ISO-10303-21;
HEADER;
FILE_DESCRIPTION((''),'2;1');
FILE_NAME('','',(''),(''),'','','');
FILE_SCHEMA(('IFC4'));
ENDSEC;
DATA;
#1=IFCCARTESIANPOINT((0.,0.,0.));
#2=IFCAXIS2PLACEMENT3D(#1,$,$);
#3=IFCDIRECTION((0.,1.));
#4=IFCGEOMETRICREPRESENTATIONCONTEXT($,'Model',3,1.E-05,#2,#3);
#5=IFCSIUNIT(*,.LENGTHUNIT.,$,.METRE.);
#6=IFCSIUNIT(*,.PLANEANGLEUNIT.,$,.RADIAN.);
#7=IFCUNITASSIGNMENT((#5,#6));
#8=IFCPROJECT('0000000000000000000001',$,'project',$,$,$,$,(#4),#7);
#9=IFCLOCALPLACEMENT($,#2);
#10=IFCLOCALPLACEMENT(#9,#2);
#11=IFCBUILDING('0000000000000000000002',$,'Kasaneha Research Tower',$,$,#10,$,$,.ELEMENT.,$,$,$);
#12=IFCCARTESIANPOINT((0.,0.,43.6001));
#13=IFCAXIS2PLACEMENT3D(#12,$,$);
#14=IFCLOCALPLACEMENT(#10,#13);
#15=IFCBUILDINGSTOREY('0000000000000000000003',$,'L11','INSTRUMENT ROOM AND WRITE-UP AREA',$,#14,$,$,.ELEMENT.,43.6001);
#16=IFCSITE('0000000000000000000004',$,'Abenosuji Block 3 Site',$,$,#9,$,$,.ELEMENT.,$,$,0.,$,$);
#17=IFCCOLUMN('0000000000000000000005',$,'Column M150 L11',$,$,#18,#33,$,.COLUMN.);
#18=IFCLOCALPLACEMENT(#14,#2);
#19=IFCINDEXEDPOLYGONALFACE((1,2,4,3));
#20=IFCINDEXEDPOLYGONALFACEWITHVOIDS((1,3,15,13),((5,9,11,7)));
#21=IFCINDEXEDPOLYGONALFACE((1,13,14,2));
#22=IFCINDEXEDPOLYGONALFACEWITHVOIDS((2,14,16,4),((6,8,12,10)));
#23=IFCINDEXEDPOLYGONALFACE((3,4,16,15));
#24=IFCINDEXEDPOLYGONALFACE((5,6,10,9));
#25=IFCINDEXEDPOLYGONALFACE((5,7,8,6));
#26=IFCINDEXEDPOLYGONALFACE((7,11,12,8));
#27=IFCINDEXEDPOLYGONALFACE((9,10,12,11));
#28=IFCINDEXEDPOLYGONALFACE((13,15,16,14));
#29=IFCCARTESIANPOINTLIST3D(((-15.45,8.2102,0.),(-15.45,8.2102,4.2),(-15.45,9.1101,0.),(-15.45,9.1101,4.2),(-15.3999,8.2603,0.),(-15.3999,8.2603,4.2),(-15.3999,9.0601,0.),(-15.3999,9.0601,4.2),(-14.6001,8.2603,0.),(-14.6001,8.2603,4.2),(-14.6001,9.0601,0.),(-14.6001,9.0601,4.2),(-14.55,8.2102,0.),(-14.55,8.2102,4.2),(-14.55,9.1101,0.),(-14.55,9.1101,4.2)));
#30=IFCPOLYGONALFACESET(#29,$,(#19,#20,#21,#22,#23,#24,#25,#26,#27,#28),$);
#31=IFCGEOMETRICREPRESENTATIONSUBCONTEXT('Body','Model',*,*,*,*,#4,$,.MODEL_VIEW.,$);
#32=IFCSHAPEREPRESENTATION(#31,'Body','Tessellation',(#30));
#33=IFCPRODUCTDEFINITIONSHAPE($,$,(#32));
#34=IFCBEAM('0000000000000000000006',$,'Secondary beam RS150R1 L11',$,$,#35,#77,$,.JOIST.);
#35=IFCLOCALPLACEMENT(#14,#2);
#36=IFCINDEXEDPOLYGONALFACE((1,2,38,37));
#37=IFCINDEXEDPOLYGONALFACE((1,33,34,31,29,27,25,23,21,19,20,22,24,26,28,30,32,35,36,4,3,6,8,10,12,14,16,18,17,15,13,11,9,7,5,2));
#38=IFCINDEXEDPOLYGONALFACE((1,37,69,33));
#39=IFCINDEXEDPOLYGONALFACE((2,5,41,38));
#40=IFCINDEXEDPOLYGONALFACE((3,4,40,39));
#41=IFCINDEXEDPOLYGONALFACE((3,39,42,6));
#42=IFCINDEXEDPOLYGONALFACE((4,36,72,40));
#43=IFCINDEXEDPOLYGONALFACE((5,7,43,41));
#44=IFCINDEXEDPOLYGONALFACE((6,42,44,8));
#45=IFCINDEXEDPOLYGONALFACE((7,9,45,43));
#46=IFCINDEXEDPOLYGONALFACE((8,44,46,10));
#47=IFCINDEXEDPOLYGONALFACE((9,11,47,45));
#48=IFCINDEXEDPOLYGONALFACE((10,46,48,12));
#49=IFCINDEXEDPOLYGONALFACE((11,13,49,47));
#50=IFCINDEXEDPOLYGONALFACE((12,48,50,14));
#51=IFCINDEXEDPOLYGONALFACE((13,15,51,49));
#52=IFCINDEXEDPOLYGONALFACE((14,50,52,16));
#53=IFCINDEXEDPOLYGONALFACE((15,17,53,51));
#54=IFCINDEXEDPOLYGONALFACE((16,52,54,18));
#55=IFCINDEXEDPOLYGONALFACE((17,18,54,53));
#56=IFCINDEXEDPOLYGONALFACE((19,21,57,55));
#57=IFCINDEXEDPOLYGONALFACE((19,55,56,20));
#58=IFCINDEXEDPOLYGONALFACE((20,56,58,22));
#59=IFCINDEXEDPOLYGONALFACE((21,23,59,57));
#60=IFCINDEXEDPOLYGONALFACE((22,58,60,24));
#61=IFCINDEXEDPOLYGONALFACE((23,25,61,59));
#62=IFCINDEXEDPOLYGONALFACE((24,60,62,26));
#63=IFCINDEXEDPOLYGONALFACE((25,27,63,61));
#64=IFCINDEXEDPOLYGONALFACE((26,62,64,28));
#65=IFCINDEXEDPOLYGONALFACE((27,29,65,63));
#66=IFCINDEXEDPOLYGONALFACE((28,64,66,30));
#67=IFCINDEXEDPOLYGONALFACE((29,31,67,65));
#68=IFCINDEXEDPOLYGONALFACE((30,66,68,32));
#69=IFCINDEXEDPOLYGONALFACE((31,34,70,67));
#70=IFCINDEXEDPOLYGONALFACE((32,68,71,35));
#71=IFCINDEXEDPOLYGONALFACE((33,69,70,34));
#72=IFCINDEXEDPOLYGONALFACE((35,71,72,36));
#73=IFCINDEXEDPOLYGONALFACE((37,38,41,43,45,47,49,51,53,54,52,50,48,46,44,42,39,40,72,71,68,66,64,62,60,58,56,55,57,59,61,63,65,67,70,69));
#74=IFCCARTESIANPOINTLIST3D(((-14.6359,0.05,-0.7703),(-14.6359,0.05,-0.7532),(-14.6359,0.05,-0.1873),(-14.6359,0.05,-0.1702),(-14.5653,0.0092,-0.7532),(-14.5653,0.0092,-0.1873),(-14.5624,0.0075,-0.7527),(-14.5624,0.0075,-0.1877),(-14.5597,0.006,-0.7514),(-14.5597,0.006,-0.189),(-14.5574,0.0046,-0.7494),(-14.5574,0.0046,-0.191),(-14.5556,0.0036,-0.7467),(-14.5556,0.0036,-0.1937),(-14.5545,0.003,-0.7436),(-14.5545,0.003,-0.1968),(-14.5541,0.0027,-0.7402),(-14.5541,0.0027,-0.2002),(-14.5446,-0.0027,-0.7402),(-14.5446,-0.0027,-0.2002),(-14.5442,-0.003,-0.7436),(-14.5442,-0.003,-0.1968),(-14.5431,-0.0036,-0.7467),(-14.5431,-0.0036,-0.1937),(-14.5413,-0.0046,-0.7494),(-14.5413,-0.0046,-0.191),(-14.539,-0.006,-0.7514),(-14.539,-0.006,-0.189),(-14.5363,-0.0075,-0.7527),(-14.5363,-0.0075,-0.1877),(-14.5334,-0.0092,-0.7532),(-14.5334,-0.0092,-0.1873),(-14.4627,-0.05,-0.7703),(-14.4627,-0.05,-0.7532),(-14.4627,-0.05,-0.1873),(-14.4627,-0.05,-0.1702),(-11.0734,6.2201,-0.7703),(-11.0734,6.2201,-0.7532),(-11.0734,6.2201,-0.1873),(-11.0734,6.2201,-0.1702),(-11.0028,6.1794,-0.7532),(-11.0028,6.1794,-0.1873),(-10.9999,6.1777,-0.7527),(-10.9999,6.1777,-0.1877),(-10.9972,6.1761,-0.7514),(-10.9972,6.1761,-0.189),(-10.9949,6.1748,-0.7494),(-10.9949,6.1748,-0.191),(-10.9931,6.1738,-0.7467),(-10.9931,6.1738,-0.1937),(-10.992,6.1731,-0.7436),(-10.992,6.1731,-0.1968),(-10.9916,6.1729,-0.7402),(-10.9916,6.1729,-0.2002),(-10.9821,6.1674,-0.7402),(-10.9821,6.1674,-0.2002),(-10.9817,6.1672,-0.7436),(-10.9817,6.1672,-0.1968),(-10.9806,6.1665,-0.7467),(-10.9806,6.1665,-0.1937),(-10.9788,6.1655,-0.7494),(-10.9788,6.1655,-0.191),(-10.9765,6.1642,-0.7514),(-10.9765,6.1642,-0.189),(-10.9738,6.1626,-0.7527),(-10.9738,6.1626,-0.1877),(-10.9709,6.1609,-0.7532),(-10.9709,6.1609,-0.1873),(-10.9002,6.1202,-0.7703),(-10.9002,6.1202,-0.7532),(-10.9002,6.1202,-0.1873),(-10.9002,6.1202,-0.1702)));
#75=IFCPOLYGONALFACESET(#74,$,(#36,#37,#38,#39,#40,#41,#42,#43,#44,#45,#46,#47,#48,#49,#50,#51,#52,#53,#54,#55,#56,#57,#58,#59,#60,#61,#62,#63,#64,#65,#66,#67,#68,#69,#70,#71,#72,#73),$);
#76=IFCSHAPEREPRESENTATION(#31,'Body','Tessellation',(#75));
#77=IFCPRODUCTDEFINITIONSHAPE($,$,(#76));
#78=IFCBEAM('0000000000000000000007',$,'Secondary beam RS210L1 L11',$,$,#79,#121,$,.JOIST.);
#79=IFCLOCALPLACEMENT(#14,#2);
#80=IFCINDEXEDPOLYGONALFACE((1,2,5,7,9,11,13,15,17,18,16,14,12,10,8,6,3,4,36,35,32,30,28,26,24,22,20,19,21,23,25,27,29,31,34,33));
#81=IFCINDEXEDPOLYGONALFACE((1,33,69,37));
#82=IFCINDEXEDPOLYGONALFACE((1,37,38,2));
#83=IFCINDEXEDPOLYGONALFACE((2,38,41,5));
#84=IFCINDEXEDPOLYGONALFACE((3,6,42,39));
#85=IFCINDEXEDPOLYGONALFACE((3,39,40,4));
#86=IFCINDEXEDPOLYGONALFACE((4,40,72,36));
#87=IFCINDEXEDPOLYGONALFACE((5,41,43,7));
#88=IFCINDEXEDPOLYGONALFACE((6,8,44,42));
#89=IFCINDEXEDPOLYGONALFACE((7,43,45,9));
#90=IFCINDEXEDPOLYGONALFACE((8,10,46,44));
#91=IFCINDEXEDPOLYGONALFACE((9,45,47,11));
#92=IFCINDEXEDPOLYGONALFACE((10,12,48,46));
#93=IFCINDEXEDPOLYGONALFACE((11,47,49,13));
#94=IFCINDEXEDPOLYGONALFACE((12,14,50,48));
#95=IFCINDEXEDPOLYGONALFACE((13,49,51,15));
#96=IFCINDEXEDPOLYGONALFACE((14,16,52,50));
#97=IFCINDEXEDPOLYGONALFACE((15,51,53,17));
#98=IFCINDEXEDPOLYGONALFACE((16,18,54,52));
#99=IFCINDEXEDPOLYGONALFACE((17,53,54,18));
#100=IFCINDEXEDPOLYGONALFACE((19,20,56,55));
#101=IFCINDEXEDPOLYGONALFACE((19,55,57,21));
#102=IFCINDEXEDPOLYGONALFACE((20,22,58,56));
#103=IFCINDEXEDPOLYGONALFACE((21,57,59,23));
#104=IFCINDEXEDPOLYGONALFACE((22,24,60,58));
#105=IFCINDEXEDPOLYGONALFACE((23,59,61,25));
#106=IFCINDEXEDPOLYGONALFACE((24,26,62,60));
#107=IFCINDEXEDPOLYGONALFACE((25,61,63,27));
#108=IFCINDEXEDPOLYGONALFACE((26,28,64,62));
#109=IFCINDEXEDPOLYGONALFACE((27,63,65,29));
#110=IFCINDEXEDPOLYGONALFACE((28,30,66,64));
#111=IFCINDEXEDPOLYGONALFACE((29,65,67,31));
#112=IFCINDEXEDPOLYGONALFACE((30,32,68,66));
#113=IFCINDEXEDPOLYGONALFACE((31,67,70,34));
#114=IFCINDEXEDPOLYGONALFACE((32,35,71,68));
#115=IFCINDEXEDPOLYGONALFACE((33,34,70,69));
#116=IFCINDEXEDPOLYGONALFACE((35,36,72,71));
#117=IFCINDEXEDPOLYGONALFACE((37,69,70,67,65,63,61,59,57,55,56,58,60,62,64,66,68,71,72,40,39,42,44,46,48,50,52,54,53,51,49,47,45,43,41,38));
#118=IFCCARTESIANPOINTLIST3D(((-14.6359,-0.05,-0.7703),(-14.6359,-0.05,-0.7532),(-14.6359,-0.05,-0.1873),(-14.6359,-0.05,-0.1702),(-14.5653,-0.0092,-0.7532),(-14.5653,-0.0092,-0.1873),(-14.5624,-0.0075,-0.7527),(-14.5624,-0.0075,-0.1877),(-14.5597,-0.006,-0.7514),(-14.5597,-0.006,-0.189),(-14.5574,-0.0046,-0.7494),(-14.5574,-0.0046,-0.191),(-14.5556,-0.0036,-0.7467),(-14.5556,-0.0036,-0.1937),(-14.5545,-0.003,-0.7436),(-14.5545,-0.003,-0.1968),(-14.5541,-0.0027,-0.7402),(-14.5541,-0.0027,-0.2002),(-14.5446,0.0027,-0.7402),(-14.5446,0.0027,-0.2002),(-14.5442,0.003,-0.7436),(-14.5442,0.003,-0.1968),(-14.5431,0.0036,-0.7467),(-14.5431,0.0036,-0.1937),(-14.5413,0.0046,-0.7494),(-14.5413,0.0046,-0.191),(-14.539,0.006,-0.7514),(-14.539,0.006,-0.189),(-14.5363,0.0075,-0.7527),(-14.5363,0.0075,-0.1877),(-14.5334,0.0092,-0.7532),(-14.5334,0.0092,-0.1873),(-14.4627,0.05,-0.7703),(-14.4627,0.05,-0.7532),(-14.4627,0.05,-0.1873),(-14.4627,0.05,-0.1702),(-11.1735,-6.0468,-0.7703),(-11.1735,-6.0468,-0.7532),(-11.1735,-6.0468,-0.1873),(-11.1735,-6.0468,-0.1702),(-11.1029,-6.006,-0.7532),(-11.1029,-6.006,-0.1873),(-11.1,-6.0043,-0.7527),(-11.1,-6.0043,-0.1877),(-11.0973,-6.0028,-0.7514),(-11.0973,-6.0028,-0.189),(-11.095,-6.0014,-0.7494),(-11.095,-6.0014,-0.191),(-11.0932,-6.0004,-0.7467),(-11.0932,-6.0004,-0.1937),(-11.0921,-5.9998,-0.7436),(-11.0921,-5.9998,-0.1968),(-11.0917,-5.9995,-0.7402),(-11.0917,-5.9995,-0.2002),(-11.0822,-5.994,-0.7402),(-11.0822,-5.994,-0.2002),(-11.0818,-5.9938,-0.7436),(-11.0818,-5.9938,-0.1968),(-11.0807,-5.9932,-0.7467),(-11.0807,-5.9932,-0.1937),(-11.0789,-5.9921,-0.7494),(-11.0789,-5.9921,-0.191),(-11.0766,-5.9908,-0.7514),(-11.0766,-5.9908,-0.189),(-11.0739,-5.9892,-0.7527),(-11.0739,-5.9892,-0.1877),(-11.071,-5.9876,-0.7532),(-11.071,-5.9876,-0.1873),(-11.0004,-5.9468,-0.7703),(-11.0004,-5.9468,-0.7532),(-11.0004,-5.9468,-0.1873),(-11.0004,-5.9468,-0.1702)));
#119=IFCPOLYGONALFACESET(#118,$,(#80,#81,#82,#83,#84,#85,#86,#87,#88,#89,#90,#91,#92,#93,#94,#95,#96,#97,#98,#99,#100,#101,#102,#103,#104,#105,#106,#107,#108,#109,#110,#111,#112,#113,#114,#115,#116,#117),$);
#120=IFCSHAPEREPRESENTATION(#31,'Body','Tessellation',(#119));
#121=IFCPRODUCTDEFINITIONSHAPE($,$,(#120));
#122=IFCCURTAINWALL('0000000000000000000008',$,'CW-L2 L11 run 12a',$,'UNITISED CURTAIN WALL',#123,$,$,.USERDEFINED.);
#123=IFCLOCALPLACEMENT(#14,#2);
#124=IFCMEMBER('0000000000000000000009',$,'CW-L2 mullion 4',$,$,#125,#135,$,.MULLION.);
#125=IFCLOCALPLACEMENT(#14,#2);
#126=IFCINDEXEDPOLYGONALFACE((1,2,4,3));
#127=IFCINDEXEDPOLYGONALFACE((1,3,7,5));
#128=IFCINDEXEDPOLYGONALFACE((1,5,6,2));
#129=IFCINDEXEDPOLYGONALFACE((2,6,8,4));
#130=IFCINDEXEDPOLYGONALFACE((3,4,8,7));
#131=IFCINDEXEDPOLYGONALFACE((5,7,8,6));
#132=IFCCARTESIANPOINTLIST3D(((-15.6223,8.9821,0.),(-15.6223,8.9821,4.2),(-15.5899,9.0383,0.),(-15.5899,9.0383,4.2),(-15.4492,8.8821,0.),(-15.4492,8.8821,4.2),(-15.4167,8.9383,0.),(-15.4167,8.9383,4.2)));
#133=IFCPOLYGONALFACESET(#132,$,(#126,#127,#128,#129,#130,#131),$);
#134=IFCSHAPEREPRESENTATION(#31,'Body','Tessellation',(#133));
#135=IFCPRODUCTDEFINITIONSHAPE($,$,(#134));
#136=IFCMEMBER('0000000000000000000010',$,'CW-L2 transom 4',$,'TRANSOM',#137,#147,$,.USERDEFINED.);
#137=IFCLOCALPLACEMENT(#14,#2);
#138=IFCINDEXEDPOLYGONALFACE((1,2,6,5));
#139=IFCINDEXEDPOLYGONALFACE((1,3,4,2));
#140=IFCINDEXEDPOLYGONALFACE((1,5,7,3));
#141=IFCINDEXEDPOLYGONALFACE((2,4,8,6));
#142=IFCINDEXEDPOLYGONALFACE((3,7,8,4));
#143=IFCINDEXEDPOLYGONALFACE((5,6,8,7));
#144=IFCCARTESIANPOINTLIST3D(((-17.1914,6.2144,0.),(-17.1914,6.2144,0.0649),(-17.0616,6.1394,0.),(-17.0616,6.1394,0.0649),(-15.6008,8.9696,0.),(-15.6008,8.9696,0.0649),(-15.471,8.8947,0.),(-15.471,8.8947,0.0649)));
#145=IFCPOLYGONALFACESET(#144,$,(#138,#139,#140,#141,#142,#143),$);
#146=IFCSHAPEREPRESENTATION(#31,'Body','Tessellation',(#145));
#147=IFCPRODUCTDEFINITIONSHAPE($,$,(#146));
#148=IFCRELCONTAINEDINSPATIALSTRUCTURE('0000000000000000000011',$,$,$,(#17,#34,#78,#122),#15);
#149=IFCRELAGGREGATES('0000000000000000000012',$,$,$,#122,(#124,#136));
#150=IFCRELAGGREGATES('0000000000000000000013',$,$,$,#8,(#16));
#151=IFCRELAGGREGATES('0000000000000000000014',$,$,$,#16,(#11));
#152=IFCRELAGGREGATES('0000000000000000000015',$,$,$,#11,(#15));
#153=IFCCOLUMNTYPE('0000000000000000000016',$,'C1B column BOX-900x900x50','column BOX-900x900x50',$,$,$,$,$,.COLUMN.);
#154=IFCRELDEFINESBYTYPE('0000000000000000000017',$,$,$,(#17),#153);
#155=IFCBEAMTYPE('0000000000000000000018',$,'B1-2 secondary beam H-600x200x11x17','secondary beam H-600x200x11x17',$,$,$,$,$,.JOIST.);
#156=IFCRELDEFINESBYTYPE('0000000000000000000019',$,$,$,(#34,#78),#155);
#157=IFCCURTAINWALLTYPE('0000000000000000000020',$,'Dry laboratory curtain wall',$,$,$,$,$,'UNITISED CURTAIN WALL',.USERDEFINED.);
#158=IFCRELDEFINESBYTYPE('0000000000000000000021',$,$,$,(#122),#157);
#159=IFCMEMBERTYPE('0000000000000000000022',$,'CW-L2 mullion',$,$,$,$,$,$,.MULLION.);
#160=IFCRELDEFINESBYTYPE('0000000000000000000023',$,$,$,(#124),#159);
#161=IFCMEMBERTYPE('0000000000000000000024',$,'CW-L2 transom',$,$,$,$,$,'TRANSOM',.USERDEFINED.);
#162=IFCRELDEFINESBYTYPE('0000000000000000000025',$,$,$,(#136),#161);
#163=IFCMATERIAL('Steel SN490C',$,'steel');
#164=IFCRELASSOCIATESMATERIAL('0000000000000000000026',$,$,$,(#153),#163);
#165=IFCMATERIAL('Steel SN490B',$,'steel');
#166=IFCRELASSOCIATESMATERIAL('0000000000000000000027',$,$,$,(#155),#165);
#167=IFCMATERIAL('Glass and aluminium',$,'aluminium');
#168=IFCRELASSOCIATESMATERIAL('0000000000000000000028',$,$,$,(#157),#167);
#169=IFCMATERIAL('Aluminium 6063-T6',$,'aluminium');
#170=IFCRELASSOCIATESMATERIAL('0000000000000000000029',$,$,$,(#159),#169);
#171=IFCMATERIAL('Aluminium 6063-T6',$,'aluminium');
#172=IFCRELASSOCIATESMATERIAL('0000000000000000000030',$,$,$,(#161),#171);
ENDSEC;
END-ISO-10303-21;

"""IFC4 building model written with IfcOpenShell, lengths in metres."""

from ifc_helpers import new_model, si_unit, direction, frame, origin, origin_2d, place, context, subcontext, project, spatial, rectangle, hollow_rectangle, i_section, extrude, material, material_profile, profile_set, type_object, element, aggregate, save


model = new_model("IFC4")

# Units and contexts
model_context = context("Model", 3, precision=1e-05, world=origin(), true_north=direction((0.0, 1.0)))
body_context = subcontext(model_context, "Body", "Model", "MODEL_VIEW")
ifc_project = project(units=[si_unit("LENGTHUNIT", "METRE"), si_unit("PLANEANGLEUNIT", "RADIAN")], contexts=[model_context])

# Site, building, storey
site_placement = place(None, origin())
site = spatial("IfcSite", under=ifc_project, at=site_placement, Name="Abenosuji Block 3 Site", CompositionType="ELEMENT", RefElevation=0.0)
building_placement = place(site_placement, origin())
building = spatial("IfcBuilding", under=site, at=building_placement, Name="Kasaneha Research Tower", CompositionType="ELEMENT")
storey_placement = place(building_placement, frame((0.0, 0.0, 43.6001)))
storey = spatial("IfcBuildingStorey", under=building, at=storey_placement, Name="L11", Description="INSTRUMENT ROOM AND WRITE-UP AREA", CompositionType="ELEMENT", Elevation=43.6001)

# Column
ifc_material_1 = material(Name="Steel SN490C", Category="steel")
ifc_material_profile_1 = material_profile(ifc_material_1, hollow_rectangle(XDim=0.8999, YDim=0.8999, WallThickness=0.05, at=origin_2d()), Name="BOX-900x900x50")
ifc_profile_set_1 = profile_set([ifc_material_profile_1], Name="Steel SN490C")
column_type = type_object("IfcColumnType", Name="C1B column BOX-900x900x50", Description="column BOX-900x900x50", PredefinedType="COLUMN", material=ifc_profile_set_1)
column_placement = place(storey_placement, frame((-15.0, 8.6602, 0.0), z_axis=(0.0, 0.0, 1.0), x_axis=(1.0, 0.0, 0.0)))
element("IfcColumn", 1, at=column_placement, inside=storey, type_object=column_type, Name="Column M150 L11", PredefinedType="COLUMN", context=body_context, shape_type="SweptSolid", body=[
    extrude(hollow_rectangle(XDim=0.8999, YDim=0.8999, WallThickness=0.05, at=origin_2d()), origin(), (0.0, 0.0, 1.0), 4.2),
])

# Beams
ifc_material_2 = material(Name="Steel SN490B", Category="steel")
ifc_material_profile_2 = material_profile(ifc_material_2, i_section(OverallWidth=0.2, OverallDepth=0.6001, WebThickness=0.011, FlangeThickness=0.0171, FilletRadius=0.0129, at=origin_2d()), Name="H-600x200x11x17")
ifc_profile_set_2 = profile_set([ifc_material_profile_2], Name="Steel SN490B")
beam_type_1 = type_object("IfcBeamType", Name="B1-2 secondary beam H-600x200x11x17", Description="secondary beam H-600x200x11x17", PredefinedType="JOIST", material=ifc_profile_set_2)
beam_1_placement = place(storey_placement, frame((-14.5493, 0.0, -0.4702), z_axis=(0.500016, 0.866016, 0.0), x_axis=(-0.866016, 0.500016, 0.0)))
element("IfcBeam", 2, at=beam_1_placement, inside=storey, type_object=beam_type_1, Name="Secondary beam RS150R1 L11", PredefinedType="JOIST", context=body_context, shape_type="SweptSolid", body=[
    extrude(i_section(OverallWidth=0.2, OverallDepth=0.6001, WebThickness=0.011, FlangeThickness=0.0171, FilletRadius=0.0129, at=origin_2d()), origin(), (0.0, 0.0, 1.0), 7.1248),
])
beam_2_placement = place(storey_placement, frame((-14.5493, 0.0, -0.4702), z_axis=(0.500014, -0.866017, 0.0), x_axis=(0.866017, 0.500014, 0.0)))
element("IfcBeam", 3, at=beam_2_placement, inside=storey, type_object=beam_type_1, Name="Secondary beam RS210L1 L11", PredefinedType="JOIST", context=body_context, shape_type="SweptSolid", body=[
    extrude(i_section(OverallWidth=0.2, OverallDepth=0.6001, WebThickness=0.011, FlangeThickness=0.0171, FilletRadius=0.0129, at=origin_2d()), origin(), (0.0, 0.0, 1.0), 6.9246),
])

# Curtain wall, members
ifc_material_3 = material(Name="Glass and aluminium", Category="aluminium")
curtain_wall_type = type_object("IfcCurtainWallType", Name="Dry laboratory curtain wall", ElementType="UNITISED CURTAIN WALL", PredefinedType="USERDEFINED", material=ifc_material_3)
curtain_wall_placement = place(storey_placement, origin())
curtain_wall = element("IfcCurtainWall", 4, at=curtain_wall_placement, inside=storey, type_object=curtain_wall_type, Name="CW-L2 L11 run 12a", ObjectType="UNITISED CURTAIN WALL", PredefinedType="USERDEFINED")
ifc_material_4 = material(Name="Aluminium 6063-T6", Category="aluminium")
ifc_material_profile_3 = material_profile(ifc_material_4, rectangle(XDim=0.0649, YDim=0.2, at=origin_2d()), Name="CW-L2 mullion 65x200")
ifc_profile_set_3 = profile_set([ifc_material_profile_3], Name="Aluminium 6063-T6")
member_type_1 = type_object("IfcMemberType", Name="CW-L2 mullion", PredefinedType="MULLION", material=ifc_profile_set_3)
member_1_placement = place(storey_placement, frame((-15.5195, 8.9602, 0.0), z_axis=(0.0, 0.0, 1.0), x_axis=(-0.5, -0.866025, 0.0)))
member_1 = element("IfcMember", 5, at=member_1_placement, type_object=member_type_1, Name="CW-L2 mullion 4", PredefinedType="MULLION", context=body_context, shape_type="SweptSolid", body=[
    extrude(rectangle(XDim=0.0649, YDim=0.2, at=origin_2d()), origin(), (0.0, 0.0, 1.0), 4.2),
])
ifc_material_5 = material(Name="Aluminium 6063-T6", Category="aluminium")
ifc_material_profile_4 = material_profile(ifc_material_5, rectangle(XDim=0.1499, YDim=0.0649, at=origin_2d()), Name="CW-L2 transom 150x65")
ifc_profile_set_4 = profile_set([ifc_material_profile_4], Name="Aluminium 6063-T6")
member_type_2 = type_object("IfcMemberType", Name="CW-L2 transom", ElementType="TRANSOM", PredefinedType="USERDEFINED", material=ifc_profile_set_4)
member_2_placement = place(storey_placement, frame((-15.5359, 8.9321, 0.0325), z_axis=(-0.499977, -0.866039, 0.0), x_axis=(0.866039, -0.499977, 0.0)))
member_2 = element("IfcMember", 6, at=member_2_placement, type_object=member_type_2, Name="CW-L2 transom 4", ObjectType="TRANSOM", PredefinedType="USERDEFINED", context=body_context, shape_type="SweptSolid", body=[
    extrude(rectangle(XDim=0.1499, YDim=0.0649, at=origin_2d()), origin(), (0.0, 0.0, 1.0), 3.1814),
])

aggregate(curtain_wall, [member_1, member_2])

save(model, "model.ifc")
